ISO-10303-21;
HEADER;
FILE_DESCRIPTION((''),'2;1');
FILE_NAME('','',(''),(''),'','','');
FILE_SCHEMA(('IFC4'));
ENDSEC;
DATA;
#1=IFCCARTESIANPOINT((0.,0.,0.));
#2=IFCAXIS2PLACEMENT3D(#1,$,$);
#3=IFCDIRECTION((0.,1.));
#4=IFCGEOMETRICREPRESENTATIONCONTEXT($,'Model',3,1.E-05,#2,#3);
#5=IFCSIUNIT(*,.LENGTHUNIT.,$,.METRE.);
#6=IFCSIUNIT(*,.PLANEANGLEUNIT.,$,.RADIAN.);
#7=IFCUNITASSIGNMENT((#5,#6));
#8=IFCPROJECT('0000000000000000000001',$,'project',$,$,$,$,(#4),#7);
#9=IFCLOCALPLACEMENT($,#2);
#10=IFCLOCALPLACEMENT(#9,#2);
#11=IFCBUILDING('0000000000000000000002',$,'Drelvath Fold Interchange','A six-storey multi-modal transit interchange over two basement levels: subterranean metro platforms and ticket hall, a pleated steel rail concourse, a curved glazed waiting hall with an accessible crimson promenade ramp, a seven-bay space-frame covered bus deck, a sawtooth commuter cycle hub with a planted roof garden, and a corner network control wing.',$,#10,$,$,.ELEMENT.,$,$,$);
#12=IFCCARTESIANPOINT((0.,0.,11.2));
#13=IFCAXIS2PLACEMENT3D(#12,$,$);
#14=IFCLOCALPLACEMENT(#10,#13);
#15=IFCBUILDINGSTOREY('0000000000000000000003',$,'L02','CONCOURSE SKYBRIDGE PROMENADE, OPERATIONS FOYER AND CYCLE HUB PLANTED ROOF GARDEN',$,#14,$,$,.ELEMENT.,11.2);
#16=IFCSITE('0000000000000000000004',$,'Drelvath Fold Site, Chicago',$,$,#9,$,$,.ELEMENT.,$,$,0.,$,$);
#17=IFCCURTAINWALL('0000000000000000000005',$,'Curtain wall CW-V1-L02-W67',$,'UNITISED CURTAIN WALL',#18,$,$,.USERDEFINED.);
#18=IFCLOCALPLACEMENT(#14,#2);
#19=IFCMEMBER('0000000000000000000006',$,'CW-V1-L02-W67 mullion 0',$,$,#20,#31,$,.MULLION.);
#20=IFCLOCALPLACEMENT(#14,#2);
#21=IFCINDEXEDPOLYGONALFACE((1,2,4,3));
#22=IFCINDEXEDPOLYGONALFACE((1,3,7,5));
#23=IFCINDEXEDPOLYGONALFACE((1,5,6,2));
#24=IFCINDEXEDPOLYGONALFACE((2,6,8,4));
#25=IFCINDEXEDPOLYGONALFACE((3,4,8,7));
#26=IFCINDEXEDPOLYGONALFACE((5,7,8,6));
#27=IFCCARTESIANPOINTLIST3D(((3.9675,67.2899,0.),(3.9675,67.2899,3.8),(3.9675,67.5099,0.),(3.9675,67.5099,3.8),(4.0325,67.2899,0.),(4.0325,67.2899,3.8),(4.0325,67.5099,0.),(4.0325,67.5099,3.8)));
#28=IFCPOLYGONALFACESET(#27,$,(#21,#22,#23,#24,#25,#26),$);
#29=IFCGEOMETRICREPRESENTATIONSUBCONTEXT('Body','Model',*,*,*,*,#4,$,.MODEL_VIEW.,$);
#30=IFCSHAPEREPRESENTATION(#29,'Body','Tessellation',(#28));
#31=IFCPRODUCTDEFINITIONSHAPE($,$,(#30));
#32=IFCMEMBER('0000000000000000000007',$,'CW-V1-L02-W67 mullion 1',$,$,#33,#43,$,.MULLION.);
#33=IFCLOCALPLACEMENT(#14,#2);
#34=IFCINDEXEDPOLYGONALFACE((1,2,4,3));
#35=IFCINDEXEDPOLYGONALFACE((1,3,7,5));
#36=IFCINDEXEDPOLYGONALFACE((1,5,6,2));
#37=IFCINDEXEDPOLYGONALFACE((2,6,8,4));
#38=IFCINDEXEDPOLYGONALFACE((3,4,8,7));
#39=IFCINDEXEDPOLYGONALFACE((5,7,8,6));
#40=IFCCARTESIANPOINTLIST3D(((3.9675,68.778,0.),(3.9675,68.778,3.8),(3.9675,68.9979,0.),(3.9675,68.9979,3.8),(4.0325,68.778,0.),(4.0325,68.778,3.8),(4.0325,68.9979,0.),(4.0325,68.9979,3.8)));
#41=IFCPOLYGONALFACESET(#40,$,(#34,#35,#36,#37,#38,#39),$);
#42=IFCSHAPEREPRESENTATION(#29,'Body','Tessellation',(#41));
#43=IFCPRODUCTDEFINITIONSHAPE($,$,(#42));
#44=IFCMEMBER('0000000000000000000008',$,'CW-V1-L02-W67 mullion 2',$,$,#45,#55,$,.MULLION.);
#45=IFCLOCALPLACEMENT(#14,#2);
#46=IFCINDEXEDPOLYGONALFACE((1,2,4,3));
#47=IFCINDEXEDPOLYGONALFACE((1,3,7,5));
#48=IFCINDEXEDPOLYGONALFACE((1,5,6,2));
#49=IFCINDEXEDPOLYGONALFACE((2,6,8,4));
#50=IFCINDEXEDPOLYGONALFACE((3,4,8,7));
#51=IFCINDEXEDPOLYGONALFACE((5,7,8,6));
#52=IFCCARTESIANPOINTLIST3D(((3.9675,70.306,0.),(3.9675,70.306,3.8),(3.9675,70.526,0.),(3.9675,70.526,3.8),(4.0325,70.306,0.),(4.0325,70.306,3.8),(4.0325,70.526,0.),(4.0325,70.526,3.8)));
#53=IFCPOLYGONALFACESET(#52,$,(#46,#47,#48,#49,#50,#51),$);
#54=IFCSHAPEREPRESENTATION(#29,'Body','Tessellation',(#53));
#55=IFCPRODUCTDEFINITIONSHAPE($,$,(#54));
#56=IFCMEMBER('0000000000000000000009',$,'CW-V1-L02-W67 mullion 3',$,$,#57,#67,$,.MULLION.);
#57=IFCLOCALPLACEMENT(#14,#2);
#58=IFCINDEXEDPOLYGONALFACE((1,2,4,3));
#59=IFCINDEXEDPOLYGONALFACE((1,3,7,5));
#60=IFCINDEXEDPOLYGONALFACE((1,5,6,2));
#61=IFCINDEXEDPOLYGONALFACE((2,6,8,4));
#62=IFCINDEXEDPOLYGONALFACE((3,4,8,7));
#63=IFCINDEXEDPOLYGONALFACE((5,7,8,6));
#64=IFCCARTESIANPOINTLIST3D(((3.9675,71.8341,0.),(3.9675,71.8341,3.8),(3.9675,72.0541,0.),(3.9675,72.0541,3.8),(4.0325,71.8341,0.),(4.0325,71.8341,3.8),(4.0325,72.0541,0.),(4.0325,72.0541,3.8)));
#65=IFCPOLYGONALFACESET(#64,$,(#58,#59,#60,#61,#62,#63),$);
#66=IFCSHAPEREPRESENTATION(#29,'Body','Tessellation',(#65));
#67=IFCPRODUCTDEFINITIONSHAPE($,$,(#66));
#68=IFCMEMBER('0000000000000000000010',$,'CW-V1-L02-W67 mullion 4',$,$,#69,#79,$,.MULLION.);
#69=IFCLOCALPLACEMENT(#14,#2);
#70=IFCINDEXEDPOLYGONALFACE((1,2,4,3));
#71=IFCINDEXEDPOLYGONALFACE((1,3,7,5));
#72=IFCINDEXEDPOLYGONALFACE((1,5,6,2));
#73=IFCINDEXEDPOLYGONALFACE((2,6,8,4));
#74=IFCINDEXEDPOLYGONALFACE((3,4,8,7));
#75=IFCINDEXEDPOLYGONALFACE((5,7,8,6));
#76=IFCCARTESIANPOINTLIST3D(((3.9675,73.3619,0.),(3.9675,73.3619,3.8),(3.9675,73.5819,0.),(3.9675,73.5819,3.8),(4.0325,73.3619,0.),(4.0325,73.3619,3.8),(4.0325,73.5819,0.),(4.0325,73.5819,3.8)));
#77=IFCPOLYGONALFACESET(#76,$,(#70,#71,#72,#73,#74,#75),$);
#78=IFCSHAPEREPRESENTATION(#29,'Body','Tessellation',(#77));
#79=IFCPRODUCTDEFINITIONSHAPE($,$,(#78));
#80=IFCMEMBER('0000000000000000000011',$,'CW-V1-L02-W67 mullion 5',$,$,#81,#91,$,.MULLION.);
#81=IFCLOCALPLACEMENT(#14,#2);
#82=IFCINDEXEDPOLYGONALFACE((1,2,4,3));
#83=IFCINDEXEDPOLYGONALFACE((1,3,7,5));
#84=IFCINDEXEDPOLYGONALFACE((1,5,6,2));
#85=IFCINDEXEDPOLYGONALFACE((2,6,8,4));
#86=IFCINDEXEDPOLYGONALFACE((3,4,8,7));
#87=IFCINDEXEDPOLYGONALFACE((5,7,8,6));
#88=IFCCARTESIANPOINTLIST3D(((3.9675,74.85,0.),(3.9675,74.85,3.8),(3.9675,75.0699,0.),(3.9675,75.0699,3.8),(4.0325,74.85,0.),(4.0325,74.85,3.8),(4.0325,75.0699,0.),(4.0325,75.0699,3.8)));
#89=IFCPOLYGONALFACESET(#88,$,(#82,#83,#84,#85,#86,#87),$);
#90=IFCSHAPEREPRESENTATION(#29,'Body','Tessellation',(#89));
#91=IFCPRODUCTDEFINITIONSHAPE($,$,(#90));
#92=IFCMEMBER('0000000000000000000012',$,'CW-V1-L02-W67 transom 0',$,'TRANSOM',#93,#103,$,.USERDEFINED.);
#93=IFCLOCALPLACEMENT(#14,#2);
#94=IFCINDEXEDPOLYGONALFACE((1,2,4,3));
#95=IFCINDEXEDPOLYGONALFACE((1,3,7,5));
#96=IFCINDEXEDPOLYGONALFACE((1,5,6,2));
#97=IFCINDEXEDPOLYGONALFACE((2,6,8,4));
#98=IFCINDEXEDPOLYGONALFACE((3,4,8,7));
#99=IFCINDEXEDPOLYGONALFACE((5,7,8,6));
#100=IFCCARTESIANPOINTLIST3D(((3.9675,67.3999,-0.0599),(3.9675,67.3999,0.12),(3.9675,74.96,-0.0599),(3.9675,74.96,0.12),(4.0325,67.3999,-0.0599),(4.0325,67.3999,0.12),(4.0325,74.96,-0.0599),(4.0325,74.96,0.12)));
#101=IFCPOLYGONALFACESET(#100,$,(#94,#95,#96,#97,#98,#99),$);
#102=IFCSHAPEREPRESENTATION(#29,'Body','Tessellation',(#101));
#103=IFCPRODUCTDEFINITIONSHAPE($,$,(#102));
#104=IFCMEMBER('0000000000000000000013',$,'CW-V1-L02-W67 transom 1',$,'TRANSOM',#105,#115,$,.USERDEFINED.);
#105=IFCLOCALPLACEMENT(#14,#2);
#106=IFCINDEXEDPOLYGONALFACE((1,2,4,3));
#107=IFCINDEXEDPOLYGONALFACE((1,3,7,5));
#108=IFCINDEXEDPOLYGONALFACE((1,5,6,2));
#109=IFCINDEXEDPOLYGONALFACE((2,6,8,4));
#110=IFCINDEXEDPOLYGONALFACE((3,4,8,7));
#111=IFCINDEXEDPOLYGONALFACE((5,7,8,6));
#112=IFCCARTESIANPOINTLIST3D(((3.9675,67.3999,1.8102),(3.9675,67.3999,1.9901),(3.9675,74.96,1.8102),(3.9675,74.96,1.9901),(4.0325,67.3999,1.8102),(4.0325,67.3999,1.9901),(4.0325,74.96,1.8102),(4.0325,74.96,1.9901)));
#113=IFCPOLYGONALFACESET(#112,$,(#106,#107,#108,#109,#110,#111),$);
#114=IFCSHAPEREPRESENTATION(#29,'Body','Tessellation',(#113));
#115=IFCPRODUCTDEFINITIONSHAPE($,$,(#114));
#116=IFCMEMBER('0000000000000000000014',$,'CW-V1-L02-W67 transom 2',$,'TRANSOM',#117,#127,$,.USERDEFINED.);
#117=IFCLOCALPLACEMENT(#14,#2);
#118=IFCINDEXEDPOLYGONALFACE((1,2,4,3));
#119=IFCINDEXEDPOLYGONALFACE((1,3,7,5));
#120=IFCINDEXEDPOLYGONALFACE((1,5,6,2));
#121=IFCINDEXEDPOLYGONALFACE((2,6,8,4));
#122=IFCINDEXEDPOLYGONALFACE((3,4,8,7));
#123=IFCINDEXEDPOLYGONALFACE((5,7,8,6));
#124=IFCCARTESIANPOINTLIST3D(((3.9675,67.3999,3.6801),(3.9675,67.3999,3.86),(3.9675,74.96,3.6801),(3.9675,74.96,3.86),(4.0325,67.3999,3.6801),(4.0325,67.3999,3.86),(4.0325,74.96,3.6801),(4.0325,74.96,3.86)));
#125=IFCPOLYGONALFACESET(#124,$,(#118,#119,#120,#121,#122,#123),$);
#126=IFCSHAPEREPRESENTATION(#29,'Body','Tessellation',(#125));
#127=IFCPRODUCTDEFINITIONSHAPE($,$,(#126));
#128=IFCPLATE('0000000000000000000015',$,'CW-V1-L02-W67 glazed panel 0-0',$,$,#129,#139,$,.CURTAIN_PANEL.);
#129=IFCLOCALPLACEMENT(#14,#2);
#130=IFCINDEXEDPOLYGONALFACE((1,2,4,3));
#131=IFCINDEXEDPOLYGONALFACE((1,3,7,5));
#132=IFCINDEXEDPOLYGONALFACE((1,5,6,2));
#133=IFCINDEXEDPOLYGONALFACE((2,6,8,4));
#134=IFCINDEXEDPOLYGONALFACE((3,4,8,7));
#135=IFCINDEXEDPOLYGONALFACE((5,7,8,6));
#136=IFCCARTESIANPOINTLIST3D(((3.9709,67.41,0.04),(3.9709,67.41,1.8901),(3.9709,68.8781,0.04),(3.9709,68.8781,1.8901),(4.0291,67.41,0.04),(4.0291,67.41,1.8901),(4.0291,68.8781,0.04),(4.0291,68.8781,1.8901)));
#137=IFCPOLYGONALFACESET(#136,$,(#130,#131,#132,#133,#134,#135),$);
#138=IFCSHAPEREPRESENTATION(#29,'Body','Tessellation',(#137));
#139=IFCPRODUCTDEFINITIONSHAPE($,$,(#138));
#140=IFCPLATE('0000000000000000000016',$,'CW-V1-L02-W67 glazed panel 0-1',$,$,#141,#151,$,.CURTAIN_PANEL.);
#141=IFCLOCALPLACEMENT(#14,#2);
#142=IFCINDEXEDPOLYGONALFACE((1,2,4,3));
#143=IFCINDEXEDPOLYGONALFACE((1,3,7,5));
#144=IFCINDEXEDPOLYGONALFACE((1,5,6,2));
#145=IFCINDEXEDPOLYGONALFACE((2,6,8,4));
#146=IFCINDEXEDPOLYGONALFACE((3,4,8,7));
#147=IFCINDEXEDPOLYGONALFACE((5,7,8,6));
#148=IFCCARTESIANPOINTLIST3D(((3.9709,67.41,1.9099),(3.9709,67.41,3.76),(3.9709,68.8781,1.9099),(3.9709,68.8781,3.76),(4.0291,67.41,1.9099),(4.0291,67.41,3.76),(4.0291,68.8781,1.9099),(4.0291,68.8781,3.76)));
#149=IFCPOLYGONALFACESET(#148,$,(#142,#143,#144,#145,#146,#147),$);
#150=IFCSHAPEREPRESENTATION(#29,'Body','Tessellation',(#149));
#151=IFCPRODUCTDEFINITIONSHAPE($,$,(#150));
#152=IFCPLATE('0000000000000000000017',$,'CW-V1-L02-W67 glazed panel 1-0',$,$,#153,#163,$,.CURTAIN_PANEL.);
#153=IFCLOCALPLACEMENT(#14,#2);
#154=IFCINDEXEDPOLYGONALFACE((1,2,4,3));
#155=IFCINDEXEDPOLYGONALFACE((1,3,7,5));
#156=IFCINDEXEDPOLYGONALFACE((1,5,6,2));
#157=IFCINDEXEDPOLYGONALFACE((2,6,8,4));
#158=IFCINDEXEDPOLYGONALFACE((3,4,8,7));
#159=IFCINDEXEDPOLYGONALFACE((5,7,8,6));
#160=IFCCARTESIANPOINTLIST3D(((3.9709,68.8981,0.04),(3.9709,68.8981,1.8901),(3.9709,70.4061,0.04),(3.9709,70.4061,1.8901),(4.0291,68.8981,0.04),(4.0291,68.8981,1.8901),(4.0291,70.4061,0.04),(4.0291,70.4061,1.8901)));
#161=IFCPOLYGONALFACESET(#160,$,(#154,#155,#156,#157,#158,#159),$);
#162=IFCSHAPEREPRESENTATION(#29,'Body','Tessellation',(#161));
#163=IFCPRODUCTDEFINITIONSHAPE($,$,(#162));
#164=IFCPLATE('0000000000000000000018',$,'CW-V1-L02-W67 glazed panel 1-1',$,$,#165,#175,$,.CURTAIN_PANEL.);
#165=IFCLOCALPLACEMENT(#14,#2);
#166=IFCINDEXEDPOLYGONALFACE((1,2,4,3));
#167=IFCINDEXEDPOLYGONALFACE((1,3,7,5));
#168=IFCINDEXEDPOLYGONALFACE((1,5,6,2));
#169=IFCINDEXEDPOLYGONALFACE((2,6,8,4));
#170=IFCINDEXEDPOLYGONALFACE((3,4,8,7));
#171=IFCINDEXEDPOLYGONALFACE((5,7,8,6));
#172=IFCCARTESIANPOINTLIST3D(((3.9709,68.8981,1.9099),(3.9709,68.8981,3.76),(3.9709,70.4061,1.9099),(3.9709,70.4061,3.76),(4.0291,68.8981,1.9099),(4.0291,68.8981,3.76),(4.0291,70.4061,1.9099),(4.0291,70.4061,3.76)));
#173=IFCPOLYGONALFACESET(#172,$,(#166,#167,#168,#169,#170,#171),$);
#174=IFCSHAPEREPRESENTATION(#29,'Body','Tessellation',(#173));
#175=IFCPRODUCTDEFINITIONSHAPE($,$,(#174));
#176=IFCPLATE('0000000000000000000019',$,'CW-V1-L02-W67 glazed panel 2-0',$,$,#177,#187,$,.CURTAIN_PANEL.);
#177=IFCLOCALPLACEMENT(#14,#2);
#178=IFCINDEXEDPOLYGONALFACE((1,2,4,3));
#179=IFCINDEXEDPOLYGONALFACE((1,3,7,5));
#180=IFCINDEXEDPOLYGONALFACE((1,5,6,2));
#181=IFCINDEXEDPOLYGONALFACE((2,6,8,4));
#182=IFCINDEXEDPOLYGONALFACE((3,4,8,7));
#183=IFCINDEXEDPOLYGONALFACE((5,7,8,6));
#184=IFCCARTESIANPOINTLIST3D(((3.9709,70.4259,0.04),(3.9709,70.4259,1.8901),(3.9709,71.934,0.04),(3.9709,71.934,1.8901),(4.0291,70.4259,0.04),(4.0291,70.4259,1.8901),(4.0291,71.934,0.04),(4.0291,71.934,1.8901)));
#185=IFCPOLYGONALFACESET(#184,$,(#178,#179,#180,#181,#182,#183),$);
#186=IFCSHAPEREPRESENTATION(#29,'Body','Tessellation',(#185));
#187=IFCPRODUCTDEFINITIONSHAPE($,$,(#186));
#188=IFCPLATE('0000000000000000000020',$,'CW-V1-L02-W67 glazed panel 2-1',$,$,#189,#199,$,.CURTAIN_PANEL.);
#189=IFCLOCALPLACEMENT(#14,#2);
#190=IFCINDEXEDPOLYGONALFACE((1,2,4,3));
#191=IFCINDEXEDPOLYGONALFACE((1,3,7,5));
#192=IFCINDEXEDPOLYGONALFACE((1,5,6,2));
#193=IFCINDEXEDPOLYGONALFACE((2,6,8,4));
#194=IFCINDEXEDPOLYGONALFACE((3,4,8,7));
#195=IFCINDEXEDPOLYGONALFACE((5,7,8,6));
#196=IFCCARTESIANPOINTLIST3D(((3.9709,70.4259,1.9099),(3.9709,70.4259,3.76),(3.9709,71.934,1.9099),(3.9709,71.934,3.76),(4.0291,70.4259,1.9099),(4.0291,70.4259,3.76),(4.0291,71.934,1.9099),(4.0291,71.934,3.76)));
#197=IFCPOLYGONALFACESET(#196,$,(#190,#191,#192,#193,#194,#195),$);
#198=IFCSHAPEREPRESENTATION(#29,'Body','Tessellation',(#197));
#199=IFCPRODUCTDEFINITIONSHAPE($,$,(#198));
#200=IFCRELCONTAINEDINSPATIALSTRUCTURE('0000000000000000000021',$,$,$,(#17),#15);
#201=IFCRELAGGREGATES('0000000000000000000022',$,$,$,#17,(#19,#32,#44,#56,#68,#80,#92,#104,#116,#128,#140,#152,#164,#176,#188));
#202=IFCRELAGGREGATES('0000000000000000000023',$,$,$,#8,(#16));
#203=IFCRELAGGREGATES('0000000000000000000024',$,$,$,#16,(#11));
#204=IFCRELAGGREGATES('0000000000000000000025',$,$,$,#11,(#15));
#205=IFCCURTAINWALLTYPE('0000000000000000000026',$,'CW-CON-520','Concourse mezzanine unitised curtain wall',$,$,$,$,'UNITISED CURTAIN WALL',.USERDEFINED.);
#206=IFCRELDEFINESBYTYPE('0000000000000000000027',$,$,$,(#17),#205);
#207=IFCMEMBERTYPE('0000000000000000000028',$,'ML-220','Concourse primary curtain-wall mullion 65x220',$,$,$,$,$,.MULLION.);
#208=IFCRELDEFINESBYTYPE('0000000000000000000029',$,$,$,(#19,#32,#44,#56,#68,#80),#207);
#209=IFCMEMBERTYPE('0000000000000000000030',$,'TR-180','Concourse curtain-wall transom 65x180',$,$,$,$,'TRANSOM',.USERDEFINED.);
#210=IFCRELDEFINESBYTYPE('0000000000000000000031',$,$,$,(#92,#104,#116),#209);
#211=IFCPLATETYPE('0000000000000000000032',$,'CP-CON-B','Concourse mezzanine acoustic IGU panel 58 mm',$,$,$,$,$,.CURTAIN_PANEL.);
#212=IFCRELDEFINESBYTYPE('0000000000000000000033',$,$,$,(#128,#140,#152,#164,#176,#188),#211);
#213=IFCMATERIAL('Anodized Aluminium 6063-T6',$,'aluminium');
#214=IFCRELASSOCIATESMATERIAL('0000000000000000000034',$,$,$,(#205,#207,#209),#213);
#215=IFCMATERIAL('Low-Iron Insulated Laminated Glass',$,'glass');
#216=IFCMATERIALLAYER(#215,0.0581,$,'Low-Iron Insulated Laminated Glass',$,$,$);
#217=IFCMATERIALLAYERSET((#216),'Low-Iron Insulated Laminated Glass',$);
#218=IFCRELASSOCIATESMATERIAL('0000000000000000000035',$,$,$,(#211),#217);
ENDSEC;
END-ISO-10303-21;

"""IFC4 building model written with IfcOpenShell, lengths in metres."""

from ifc_helpers import new_model, si_unit, direction, frame, origin, origin_2d, place, context, subcontext, project, spatial, rectangle, extrude, material, layer, layer_set, material_profile, profile_set, type_object, element, aggregate, save


model = new_model("IFC4")

# Units and contexts
model_context = context("Model", 3, precision=1e-05, world=origin(), true_north=direction((0.0, 1.0)))
body_context = subcontext(model_context, "Body", "Model", "MODEL_VIEW")
ifc_project = project(units=[si_unit("LENGTHUNIT", "METRE"), si_unit("PLANEANGLEUNIT", "RADIAN")], contexts=[model_context])

# Site, building, storey
site_placement = place(None, origin())
site = spatial("IfcSite", under=ifc_project, at=site_placement, Name="Drelvath Fold Site, Chicago", CompositionType="ELEMENT", RefElevation=0.0)
building_placement = place(site_placement, origin())
building = spatial("IfcBuilding", under=site, at=building_placement, Name="Drelvath Fold Interchange", Description="A six-storey multi-modal transit interchange over two basement levels: subterranean metro platforms and ticket hall, a pleated steel rail concourse, a curved glazed waiting hall with an accessible crimson promenade ramp, a seven-bay space-frame covered bus deck, a sawtooth commuter cycle hub with a planted roof garden, and a corner network control wing.", CompositionType="ELEMENT")
storey_placement = place(building_placement, frame((0.0, 0.0, 11.2)))
storey = spatial("IfcBuildingStorey", under=building, at=storey_placement, Name="L02", Description="CONCOURSE SKYBRIDGE PROMENADE, OPERATIONS FOYER AND CYCLE HUB PLANTED ROOF GARDEN", CompositionType="ELEMENT", Elevation=11.2)

# Curtain wall, members, plates
ifc_material_1 = material(Name="Anodized Aluminium 6063-T6", Category="aluminium")
curtain_wall_type = type_object("IfcCurtainWallType", Name="CW-CON-520", Description="Concourse mezzanine unitised curtain wall", ElementType="UNITISED CURTAIN WALL", PredefinedType="USERDEFINED", material=ifc_material_1)
curtain_wall_placement = place(storey_placement, origin())
curtain_wall = element("IfcCurtainWall", 1, at=curtain_wall_placement, inside=storey, type_object=curtain_wall_type, Name="Curtain wall CW-V1-L02-W67", ObjectType="UNITISED CURTAIN WALL", PredefinedType="USERDEFINED")
ifc_material_profile_1 = material_profile(ifc_material_1, rectangle(XDim=0.0649, YDim=0.22, at=origin_2d()), Name="AL-M 65x220")
ifc_profile_set_1 = profile_set([ifc_material_profile_1], Name="Anodized Aluminium 6063-T6")
member_type_1 = type_object("IfcMemberType", Name="ML-220", Description="Concourse primary curtain-wall mullion 65x220", PredefinedType="MULLION", material=ifc_profile_set_1)
member_1_placement = place(storey_placement, frame((4.0, 67.3999, 0.0), z_axis=(0.0, 0.0, 1.0), x_axis=(1.0, 0.0, 0.0)))
member_1 = element("IfcMember", 2, at=member_1_placement, type_object=member_type_1, Name="CW-V1-L02-W67 mullion 0", PredefinedType="MULLION", context=body_context, shape_type="SweptSolid", body=[
    extrude(rectangle(XDim=0.0649, YDim=0.22, at=origin_2d()), origin(), (0.0, 0.0, 1.0), 3.8),
])
member_2_placement = place(storey_placement, frame((4.0, 68.8879, 0.0), z_axis=(0.0, 0.0, 1.0), x_axis=(1.0, 0.0, 0.0)))
member_2 = element("IfcMember", 3, at=member_2_placement, type_object=member_type_1, Name="CW-V1-L02-W67 mullion 1", PredefinedType="MULLION", context=body_context, shape_type="SweptSolid", body=[
    extrude(rectangle(XDim=0.0649, YDim=0.22, at=origin_2d()), origin(), (0.0, 0.0, 1.0), 3.8),
])
member_3_placement = place(storey_placement, frame((4.0, 70.416, 0.0), z_axis=(0.0, 0.0, 1.0), x_axis=(1.0, 0.0, 0.0)))
member_3 = element("IfcMember", 4, at=member_3_placement, type_object=member_type_1, Name="CW-V1-L02-W67 mullion 2", PredefinedType="MULLION", context=body_context, shape_type="SweptSolid", body=[
    extrude(rectangle(XDim=0.0649, YDim=0.22, at=origin_2d()), origin(), (0.0, 0.0, 1.0), 3.8),
])
member_4_placement = place(storey_placement, frame((4.0, 71.9441, 0.0), z_axis=(0.0, 0.0, 1.0), x_axis=(1.0, 0.0, 0.0)))
member_4 = element("IfcMember", 5, at=member_4_placement, type_object=member_type_1, Name="CW-V1-L02-W67 mullion 3", PredefinedType="MULLION", context=body_context, shape_type="SweptSolid", body=[
    extrude(rectangle(XDim=0.0649, YDim=0.22, at=origin_2d()), origin(), (0.0, 0.0, 1.0), 3.8),
])
member_5_placement = place(storey_placement, frame((4.0, 73.4719, 0.0), z_axis=(0.0, 0.0, 1.0), x_axis=(1.0, 0.0, 0.0)))
member_5 = element("IfcMember", 6, at=member_5_placement, type_object=member_type_1, Name="CW-V1-L02-W67 mullion 4", PredefinedType="MULLION", context=body_context, shape_type="SweptSolid", body=[
    extrude(rectangle(XDim=0.0649, YDim=0.22, at=origin_2d()), origin(), (0.0, 0.0, 1.0), 3.8),
])
member_6_placement = place(storey_placement, frame((4.0, 74.96, 0.0), z_axis=(0.0, 0.0, 1.0), x_axis=(1.0, 0.0, 0.0)))
member_6 = element("IfcMember", 7, at=member_6_placement, type_object=member_type_1, Name="CW-V1-L02-W67 mullion 5", PredefinedType="MULLION", context=body_context, shape_type="SweptSolid", body=[
    extrude(rectangle(XDim=0.0649, YDim=0.22, at=origin_2d()), origin(), (0.0, 0.0, 1.0), 3.8),
])
ifc_material_profile_2 = material_profile(ifc_material_1, rectangle(XDim=0.0649, YDim=0.1799, at=origin_2d()), Name="AL-T 65x180")
ifc_profile_set_2 = profile_set([ifc_material_profile_2], Name="Anodized Aluminium 6063-T6")
member_type_2 = type_object("IfcMemberType", Name="TR-180", Description="Concourse curtain-wall transom 65x180", ElementType="TRANSOM", PredefinedType="USERDEFINED", material=ifc_profile_set_2)
member_7_placement = place(storey_placement, frame((4.0, 67.3999, 0.03), z_axis=(0.0, 1.0, 0.0), x_axis=(-1.0, 0.0, 0.0)))
member_7 = element("IfcMember", 8, at=member_7_placement, type_object=member_type_2, Name="CW-V1-L02-W67 transom 0", ObjectType="TRANSOM", PredefinedType="USERDEFINED", context=body_context, shape_type="SweptSolid", body=[
    extrude(rectangle(XDim=0.0649, YDim=0.1799, at=origin_2d()), origin(), (0.0, 0.0, 1.0), 7.5601),
])
member_8_placement = place(storey_placement, frame((4.0, 67.3999, 1.9001), z_axis=(0.0, 1.0, 0.0), x_axis=(-1.0, 0.0, 0.0)))
member_8 = element("IfcMember", 9, at=member_8_placement, type_object=member_type_2, Name="CW-V1-L02-W67 transom 1", ObjectType="TRANSOM", PredefinedType="USERDEFINED", context=body_context, shape_type="SweptSolid", body=[
    extrude(rectangle(XDim=0.0649, YDim=0.1799, at=origin_2d()), origin(), (0.0, 0.0, 1.0), 7.5601),
])
member_9_placement = place(storey_placement, frame((4.0, 67.3999, 3.77), z_axis=(0.0, 1.0, 0.0), x_axis=(-1.0, 0.0, 0.0)))
member_9 = element("IfcMember", 10, at=member_9_placement, type_object=member_type_2, Name="CW-V1-L02-W67 transom 2", ObjectType="TRANSOM", PredefinedType="USERDEFINED", context=body_context, shape_type="SweptSolid", body=[
    extrude(rectangle(XDim=0.0649, YDim=0.1799, at=origin_2d()), origin(), (0.0, 0.0, 1.0), 7.5601),
])
ifc_material_2 = material(Name="Low-Iron Insulated Laminated Glass", Category="glass")
ifc_layer_1 = layer(ifc_material_2, 0.0581, Name="Low-Iron Insulated Laminated Glass")
ifc_layer_set_1 = layer_set([ifc_layer_1], Name="Low-Iron Insulated Laminated Glass")
plate_type = type_object("IfcPlateType", Name="CP-CON-B", Description="Concourse mezzanine acoustic IGU panel 58 mm", PredefinedType="CURTAIN_PANEL", material=ifc_layer_set_1)
plate_1_placement = place(storey_placement, frame((4.0, 68.144, 0.04), z_axis=(0.0, 0.0, 1.0), x_axis=(0.0, 1.0, 0.0)))
plate_1 = element("IfcPlate", 11, at=plate_1_placement, type_object=plate_type, Name="CW-V1-L02-W67 glazed panel 0-0", PredefinedType="CURTAIN_PANEL", context=body_context, shape_type="SweptSolid", body=[
    extrude(rectangle(XDim=1.468, YDim=0.0581, at=origin_2d()), origin(), (0.0, 0.0, 1.0), 1.8501),
])
plate_2_placement = place(storey_placement, frame((4.0, 68.144, 1.9099), z_axis=(0.0, 0.0, 1.0), x_axis=(0.0, 1.0, 0.0)))
plate_2 = element("IfcPlate", 12, at=plate_2_placement, type_object=plate_type, Name="CW-V1-L02-W67 glazed panel 0-1", PredefinedType="CURTAIN_PANEL", context=body_context, shape_type="SweptSolid", body=[
    extrude(rectangle(XDim=1.468, YDim=0.0581, at=origin_2d()), origin(), (0.0, 0.0, 1.0), 1.8501),
])
plate_3_placement = place(storey_placement, frame((4.0, 69.6521, 0.04), z_axis=(0.0, 0.0, 1.0), x_axis=(0.0, 1.0, 0.0)))
plate_3 = element("IfcPlate", 13, at=plate_3_placement, type_object=plate_type, Name="CW-V1-L02-W67 glazed panel 1-0", PredefinedType="CURTAIN_PANEL", context=body_context, shape_type="SweptSolid", body=[
    extrude(rectangle(XDim=1.5081, YDim=0.0581, at=origin_2d()), origin(), (0.0, 0.0, 1.0), 1.8501),
])
plate_4_placement = place(storey_placement, frame((4.0, 69.6521, 1.9099), z_axis=(0.0, 0.0, 1.0), x_axis=(0.0, 1.0, 0.0)))
plate_4 = element("IfcPlate", 14, at=plate_4_placement, type_object=plate_type, Name="CW-V1-L02-W67 glazed panel 1-1", PredefinedType="CURTAIN_PANEL", context=body_context, shape_type="SweptSolid", body=[
    extrude(rectangle(XDim=1.5081, YDim=0.0581, at=origin_2d()), origin(), (0.0, 0.0, 1.0), 1.8501),
])
plate_5_placement = place(storey_placement, frame((4.0, 71.1799, 0.04), z_axis=(0.0, 0.0, 1.0), x_axis=(0.0, 1.0, 0.0)))
plate_5 = element("IfcPlate", 15, at=plate_5_placement, type_object=plate_type, Name="CW-V1-L02-W67 glazed panel 2-0", PredefinedType="CURTAIN_PANEL", context=body_context, shape_type="SweptSolid", body=[
    extrude(rectangle(XDim=1.5081, YDim=0.0581, at=origin_2d()), origin(), (0.0, 0.0, 1.0), 1.8501),
])
plate_6_placement = place(storey_placement, frame((4.0, 71.1799, 1.9099), z_axis=(0.0, 0.0, 1.0), x_axis=(0.0, 1.0, 0.0)))
plate_6 = element("IfcPlate", 16, at=plate_6_placement, type_object=plate_type, Name="CW-V1-L02-W67 glazed panel 2-1", PredefinedType="CURTAIN_PANEL", context=body_context, shape_type="SweptSolid", body=[
    extrude(rectangle(XDim=1.5081, YDim=0.0581, at=origin_2d()), origin(), (0.0, 0.0, 1.0), 1.8501),
])
aggregate(curtain_wall, [member_1, member_2, member_3, member_4, member_5, member_6, member_7, member_8, member_9, plate_1, plate_2, plate_3, plate_4, plate_5, plate_6])

save(model, "model.ifc")
